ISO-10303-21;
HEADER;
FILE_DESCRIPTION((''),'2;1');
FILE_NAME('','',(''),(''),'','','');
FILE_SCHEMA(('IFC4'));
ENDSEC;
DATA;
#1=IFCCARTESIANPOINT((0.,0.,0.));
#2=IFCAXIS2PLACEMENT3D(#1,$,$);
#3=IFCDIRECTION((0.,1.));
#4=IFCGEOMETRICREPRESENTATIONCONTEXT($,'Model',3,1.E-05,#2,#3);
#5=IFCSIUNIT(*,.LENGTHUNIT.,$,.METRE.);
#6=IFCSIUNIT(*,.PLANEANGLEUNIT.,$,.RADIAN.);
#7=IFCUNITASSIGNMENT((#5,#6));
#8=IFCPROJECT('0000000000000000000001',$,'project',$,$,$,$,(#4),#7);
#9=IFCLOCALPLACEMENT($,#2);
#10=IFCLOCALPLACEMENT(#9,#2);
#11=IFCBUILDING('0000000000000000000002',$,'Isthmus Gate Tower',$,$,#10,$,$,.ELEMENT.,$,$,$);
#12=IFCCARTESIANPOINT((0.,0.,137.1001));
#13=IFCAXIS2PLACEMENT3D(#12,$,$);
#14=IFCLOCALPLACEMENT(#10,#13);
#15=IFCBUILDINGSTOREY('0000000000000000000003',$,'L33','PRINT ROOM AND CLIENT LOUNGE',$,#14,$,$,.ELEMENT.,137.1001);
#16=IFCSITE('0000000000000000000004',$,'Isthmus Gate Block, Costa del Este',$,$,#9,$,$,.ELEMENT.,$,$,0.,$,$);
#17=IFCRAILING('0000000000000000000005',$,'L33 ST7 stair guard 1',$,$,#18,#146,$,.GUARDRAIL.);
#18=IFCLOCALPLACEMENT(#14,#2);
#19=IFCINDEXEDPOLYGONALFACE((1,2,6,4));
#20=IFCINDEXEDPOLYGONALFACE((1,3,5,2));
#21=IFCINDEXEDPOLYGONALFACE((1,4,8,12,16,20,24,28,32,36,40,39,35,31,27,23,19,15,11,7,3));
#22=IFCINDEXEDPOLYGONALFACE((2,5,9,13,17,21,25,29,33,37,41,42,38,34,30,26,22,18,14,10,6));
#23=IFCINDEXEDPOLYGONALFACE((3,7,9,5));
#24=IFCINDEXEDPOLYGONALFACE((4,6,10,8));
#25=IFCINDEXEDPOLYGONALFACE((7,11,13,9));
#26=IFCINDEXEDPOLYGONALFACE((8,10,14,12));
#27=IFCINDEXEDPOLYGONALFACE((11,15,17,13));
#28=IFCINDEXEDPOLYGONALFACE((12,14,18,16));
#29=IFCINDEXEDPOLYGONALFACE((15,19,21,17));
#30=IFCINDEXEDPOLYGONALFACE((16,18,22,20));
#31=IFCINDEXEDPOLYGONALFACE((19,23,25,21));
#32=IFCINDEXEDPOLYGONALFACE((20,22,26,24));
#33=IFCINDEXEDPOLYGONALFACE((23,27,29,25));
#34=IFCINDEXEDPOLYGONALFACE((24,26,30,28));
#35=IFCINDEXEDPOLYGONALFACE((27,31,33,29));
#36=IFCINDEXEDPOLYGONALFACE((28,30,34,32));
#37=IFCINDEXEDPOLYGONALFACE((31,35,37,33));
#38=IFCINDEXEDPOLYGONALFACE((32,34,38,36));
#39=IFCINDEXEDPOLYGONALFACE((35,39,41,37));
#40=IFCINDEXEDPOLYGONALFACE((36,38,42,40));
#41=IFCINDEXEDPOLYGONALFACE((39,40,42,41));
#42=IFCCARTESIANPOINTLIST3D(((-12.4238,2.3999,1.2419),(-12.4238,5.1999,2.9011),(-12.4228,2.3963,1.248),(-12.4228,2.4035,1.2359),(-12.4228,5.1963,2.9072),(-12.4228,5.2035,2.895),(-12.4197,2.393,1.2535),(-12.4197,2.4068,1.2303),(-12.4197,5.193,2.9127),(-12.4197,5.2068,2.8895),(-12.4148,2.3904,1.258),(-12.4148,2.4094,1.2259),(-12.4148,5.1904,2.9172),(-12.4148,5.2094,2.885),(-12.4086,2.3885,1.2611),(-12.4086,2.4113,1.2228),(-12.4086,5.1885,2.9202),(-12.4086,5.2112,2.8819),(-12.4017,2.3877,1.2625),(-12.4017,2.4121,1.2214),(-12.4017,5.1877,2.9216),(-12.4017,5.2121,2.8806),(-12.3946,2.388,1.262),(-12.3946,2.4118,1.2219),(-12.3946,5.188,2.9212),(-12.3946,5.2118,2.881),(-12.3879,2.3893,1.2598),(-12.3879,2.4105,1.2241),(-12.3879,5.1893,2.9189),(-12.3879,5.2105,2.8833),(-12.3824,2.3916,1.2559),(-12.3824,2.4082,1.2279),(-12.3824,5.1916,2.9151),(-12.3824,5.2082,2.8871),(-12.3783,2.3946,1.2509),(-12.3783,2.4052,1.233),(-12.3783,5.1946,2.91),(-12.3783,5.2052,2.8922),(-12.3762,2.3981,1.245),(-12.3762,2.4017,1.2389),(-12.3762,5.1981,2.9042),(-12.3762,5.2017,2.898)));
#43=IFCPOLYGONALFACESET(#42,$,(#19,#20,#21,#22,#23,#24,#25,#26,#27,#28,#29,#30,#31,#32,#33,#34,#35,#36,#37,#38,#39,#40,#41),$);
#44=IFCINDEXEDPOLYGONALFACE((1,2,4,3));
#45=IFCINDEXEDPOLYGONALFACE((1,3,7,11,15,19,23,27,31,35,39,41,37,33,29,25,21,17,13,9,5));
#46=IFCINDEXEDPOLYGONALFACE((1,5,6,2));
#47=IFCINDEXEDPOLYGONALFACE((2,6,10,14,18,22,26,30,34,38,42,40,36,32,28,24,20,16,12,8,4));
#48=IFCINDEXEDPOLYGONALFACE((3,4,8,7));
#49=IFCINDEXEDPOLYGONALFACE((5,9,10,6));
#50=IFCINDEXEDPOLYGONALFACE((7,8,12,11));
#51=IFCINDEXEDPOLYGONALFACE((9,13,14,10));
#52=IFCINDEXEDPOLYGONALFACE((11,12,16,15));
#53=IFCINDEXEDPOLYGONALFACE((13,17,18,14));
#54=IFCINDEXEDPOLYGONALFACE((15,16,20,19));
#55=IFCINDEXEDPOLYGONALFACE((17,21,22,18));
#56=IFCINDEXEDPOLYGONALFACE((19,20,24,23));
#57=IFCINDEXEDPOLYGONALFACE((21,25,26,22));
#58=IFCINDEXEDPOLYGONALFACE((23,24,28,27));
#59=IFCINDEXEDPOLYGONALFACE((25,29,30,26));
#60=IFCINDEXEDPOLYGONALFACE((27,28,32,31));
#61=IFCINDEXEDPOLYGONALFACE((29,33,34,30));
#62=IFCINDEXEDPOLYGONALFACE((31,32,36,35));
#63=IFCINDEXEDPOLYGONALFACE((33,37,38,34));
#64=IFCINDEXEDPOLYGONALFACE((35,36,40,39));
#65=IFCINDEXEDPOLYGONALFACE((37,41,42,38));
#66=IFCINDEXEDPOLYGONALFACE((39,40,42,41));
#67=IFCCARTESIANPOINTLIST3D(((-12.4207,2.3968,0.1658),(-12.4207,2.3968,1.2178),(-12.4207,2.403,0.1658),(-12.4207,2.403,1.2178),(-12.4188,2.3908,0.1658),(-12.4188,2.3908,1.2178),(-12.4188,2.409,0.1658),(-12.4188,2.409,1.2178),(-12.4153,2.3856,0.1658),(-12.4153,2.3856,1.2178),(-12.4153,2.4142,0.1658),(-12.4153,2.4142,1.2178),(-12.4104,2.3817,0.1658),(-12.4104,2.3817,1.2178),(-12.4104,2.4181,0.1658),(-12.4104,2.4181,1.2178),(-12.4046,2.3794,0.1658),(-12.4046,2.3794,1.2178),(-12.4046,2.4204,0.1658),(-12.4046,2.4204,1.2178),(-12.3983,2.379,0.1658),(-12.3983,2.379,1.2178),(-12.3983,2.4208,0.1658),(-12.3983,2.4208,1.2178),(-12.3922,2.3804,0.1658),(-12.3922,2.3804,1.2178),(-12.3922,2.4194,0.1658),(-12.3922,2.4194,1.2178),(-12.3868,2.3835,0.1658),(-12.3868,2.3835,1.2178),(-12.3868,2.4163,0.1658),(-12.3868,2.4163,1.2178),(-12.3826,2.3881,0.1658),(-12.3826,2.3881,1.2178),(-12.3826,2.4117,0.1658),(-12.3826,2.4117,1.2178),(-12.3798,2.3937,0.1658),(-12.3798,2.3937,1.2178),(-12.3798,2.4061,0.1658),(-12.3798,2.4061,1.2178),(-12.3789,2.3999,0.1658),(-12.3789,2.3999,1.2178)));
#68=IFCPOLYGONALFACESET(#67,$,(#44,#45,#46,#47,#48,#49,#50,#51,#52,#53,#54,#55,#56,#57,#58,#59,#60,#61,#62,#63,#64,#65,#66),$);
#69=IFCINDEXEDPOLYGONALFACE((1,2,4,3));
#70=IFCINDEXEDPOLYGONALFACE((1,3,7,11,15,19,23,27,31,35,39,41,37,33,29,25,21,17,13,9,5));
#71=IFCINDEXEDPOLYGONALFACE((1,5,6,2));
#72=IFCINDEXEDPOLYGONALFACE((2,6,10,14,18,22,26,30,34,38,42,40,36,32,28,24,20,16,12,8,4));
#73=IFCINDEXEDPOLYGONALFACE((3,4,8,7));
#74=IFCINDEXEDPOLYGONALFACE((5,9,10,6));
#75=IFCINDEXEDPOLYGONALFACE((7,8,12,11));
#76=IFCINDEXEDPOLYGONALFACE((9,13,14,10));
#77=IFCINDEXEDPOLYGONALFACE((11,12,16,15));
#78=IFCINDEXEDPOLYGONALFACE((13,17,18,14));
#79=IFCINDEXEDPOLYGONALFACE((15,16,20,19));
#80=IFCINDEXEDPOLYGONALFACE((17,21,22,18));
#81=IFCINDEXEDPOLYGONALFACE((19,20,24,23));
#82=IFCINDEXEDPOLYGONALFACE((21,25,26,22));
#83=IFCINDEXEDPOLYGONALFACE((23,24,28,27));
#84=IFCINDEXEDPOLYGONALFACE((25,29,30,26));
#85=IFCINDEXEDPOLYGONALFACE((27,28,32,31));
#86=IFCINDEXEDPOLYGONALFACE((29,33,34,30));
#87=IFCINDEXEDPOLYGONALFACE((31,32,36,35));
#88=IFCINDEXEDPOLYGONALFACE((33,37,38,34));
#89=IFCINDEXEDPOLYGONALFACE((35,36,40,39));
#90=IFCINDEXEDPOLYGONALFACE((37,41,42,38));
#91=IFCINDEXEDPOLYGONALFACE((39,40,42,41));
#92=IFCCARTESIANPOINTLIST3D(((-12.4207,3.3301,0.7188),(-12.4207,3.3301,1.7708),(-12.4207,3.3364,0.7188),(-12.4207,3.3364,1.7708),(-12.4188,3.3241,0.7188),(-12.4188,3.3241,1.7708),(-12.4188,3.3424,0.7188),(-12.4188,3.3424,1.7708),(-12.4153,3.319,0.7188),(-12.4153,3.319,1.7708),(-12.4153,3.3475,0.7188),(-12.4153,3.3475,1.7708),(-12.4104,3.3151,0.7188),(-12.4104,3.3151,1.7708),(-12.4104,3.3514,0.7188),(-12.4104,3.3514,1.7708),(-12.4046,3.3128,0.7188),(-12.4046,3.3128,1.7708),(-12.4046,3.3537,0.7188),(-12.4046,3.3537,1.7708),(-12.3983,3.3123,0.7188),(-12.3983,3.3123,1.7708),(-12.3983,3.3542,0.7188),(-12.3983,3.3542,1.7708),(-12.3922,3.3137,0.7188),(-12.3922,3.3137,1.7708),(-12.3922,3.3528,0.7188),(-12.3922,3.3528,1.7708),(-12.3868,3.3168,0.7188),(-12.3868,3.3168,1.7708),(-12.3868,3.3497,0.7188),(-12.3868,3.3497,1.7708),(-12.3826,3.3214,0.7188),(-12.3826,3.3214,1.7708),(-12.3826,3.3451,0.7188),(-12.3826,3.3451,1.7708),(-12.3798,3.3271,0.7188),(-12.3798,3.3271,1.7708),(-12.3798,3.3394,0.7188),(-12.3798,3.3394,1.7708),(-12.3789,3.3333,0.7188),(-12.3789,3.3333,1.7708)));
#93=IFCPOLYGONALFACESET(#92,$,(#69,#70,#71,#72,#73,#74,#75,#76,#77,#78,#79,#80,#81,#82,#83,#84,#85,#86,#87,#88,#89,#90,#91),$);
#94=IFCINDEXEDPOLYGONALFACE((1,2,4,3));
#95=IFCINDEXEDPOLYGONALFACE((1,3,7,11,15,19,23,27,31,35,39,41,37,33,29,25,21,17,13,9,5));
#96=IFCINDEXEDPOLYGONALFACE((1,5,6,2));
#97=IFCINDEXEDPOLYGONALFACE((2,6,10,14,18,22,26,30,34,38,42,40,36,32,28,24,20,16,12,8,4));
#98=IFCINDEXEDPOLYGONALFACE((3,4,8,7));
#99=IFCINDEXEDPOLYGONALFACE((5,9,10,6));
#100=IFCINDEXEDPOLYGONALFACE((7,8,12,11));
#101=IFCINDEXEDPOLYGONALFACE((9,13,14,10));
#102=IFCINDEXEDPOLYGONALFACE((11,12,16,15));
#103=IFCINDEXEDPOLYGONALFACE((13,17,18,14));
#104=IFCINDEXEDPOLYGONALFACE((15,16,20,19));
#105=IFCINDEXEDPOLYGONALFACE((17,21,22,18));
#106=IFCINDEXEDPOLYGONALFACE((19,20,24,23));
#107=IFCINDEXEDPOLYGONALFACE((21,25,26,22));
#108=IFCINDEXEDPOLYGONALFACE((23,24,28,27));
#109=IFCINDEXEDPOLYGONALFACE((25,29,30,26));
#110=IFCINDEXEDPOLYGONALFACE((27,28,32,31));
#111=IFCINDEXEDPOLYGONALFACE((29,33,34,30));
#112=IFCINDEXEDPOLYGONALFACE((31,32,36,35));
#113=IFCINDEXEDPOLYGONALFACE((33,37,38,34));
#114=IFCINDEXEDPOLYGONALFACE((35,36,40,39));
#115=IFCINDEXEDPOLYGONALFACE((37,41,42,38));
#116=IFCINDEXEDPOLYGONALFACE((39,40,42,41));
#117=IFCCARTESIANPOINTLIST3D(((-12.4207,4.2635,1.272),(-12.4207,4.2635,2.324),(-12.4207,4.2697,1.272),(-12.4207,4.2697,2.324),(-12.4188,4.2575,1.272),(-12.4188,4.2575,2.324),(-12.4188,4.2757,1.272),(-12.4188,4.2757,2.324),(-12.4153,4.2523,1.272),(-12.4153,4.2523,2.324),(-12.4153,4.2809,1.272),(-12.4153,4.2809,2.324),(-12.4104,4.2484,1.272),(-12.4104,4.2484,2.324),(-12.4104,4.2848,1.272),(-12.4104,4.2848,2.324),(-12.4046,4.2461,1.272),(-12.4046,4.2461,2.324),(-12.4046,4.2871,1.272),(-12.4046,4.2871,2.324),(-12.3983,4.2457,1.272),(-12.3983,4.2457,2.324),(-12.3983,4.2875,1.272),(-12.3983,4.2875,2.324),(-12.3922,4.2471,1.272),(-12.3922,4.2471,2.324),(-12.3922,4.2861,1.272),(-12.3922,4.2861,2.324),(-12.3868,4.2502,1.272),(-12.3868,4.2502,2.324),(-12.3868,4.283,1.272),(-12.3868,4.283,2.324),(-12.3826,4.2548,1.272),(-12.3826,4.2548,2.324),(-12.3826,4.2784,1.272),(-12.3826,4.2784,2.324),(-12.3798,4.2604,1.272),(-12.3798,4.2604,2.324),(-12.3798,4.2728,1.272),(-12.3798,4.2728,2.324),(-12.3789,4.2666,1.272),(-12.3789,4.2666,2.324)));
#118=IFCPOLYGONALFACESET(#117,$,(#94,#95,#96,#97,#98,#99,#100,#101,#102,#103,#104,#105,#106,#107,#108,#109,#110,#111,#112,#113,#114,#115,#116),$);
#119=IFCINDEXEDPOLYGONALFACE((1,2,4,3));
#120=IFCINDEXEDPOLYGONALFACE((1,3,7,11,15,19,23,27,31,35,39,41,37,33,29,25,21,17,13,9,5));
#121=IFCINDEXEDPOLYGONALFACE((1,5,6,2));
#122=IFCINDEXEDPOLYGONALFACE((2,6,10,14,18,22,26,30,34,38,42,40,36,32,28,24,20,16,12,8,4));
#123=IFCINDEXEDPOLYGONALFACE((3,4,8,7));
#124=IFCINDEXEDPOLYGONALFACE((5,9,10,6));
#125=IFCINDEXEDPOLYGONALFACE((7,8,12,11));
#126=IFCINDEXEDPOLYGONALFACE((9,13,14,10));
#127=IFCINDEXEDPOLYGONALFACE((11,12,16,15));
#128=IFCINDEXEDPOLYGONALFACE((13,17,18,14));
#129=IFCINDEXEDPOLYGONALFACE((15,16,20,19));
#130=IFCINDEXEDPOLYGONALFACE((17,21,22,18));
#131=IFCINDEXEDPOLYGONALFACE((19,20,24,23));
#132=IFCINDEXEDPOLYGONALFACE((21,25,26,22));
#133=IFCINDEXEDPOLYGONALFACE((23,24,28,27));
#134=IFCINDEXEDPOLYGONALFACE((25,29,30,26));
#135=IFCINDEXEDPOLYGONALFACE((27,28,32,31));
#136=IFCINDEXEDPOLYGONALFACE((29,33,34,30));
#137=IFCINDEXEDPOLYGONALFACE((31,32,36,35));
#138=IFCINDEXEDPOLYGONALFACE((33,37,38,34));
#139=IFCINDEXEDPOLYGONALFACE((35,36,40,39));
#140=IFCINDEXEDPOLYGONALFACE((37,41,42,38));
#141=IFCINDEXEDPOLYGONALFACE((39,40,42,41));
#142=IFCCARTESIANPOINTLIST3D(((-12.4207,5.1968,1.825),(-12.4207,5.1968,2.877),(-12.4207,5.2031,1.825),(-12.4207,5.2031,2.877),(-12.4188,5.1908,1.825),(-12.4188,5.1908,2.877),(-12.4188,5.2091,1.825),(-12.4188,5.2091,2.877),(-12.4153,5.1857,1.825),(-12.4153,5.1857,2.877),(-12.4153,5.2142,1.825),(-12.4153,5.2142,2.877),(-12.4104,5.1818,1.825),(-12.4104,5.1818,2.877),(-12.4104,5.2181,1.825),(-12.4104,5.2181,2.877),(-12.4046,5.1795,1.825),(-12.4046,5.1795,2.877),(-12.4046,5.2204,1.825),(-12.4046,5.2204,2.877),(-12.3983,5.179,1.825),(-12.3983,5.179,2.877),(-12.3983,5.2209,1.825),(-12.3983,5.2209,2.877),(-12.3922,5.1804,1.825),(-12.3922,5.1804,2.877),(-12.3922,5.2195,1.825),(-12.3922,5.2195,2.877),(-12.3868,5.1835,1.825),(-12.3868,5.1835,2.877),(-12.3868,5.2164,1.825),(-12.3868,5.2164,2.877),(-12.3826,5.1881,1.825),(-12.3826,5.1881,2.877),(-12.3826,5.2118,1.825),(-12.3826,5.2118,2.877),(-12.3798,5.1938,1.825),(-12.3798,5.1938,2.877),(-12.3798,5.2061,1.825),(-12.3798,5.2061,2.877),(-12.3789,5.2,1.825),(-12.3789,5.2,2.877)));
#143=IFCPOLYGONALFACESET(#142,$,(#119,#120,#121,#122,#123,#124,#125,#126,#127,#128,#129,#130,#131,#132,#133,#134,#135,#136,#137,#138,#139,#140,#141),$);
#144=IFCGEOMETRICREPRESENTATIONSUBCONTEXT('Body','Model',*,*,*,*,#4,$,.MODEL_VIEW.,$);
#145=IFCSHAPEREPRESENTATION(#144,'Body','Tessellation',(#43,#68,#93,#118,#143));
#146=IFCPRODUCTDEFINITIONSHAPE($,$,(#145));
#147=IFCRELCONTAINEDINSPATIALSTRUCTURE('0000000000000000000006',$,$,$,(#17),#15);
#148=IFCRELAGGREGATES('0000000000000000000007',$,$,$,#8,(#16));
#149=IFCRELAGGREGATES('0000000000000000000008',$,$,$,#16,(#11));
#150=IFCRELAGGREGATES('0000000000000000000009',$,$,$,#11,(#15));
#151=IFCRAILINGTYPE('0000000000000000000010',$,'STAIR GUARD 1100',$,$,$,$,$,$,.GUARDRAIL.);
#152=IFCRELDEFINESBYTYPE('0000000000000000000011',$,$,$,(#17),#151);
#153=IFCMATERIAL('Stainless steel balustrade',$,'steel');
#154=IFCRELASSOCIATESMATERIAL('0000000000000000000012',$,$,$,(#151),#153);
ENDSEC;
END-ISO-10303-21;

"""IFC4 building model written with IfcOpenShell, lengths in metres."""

from ifc_helpers import new_model, si_unit, direction, frame, origin, origin_2d, place, context, subcontext, project, spatial, circle, extrude, material, type_object, element, save


model = new_model("IFC4")

# Units and contexts
model_context = context("Model", 3, precision=1e-05, world=origin(), true_north=direction((0.0, 1.0)))
body_context = subcontext(model_context, "Body", "Model", "MODEL_VIEW")
ifc_project = project(units=[si_unit("LENGTHUNIT", "METRE"), si_unit("PLANEANGLEUNIT", "RADIAN")], contexts=[model_context])

# Site, building, storey
site_placement = place(None, origin())
site = spatial("IfcSite", under=ifc_project, at=site_placement, Name="Isthmus Gate Block, Costa del Este", CompositionType="ELEMENT", RefElevation=0.0)
building_placement = place(site_placement, origin())
building = spatial("IfcBuilding", under=site, at=building_placement, Name="Isthmus Gate Tower", CompositionType="ELEMENT")
storey_placement = place(building_placement, frame((0.0, 0.0, 137.1001)))
storey = spatial("IfcBuildingStorey", under=building, at=storey_placement, Name="L33", Description="PRINT ROOM AND CLIENT LOUNGE", CompositionType="ELEMENT", Elevation=137.1001)

# Railing
ifc_material_1 = material(Name="Stainless steel balustrade", Category="steel")
railing_type_1 = type_object("IfcRailingType", Name="STAIR GUARD 1100", PredefinedType="GUARDRAIL", material=ifc_material_1)
railing_1_placement = place(storey_placement, frame((-12.3999, 2.3999, 0.1658)))
element("IfcRailing", 1, at=railing_1_placement, inside=storey, type_object=railing_type_1, Name="L33 ST7 stair guard 1", PredefinedType="GUARDRAIL", context=body_context, shape_type="SweptSolid", body=[
    extrude(circle(Radius=0.0239, at=origin_2d()), frame((0.0, 0.0, 1.0762), z_axis=(0.0, 0.860306, 0.509778), x_axis=(-1.0, 0.0, 0.0)), (0.0, 0.0, 1.0), 3.2546),
    extrude(circle(Radius=0.021, at=origin_2d()), origin(), (0.0, 0.0, 1.0), 1.052),
    extrude(circle(Radius=0.021, at=origin_2d()), frame((0.0, 0.9333, 0.553)), (0.0, 0.0, 1.0), 1.052),
    extrude(circle(Radius=0.021, at=origin_2d()), frame((0.0, 1.8667, 1.1062)), (0.0, 0.0, 1.0), 1.052),
    extrude(circle(Radius=0.021, at=origin_2d()), frame((0.0, 2.8, 1.6592)), (0.0, 0.0, 1.0), 1.052),
])

save(model, "model.ifc")
